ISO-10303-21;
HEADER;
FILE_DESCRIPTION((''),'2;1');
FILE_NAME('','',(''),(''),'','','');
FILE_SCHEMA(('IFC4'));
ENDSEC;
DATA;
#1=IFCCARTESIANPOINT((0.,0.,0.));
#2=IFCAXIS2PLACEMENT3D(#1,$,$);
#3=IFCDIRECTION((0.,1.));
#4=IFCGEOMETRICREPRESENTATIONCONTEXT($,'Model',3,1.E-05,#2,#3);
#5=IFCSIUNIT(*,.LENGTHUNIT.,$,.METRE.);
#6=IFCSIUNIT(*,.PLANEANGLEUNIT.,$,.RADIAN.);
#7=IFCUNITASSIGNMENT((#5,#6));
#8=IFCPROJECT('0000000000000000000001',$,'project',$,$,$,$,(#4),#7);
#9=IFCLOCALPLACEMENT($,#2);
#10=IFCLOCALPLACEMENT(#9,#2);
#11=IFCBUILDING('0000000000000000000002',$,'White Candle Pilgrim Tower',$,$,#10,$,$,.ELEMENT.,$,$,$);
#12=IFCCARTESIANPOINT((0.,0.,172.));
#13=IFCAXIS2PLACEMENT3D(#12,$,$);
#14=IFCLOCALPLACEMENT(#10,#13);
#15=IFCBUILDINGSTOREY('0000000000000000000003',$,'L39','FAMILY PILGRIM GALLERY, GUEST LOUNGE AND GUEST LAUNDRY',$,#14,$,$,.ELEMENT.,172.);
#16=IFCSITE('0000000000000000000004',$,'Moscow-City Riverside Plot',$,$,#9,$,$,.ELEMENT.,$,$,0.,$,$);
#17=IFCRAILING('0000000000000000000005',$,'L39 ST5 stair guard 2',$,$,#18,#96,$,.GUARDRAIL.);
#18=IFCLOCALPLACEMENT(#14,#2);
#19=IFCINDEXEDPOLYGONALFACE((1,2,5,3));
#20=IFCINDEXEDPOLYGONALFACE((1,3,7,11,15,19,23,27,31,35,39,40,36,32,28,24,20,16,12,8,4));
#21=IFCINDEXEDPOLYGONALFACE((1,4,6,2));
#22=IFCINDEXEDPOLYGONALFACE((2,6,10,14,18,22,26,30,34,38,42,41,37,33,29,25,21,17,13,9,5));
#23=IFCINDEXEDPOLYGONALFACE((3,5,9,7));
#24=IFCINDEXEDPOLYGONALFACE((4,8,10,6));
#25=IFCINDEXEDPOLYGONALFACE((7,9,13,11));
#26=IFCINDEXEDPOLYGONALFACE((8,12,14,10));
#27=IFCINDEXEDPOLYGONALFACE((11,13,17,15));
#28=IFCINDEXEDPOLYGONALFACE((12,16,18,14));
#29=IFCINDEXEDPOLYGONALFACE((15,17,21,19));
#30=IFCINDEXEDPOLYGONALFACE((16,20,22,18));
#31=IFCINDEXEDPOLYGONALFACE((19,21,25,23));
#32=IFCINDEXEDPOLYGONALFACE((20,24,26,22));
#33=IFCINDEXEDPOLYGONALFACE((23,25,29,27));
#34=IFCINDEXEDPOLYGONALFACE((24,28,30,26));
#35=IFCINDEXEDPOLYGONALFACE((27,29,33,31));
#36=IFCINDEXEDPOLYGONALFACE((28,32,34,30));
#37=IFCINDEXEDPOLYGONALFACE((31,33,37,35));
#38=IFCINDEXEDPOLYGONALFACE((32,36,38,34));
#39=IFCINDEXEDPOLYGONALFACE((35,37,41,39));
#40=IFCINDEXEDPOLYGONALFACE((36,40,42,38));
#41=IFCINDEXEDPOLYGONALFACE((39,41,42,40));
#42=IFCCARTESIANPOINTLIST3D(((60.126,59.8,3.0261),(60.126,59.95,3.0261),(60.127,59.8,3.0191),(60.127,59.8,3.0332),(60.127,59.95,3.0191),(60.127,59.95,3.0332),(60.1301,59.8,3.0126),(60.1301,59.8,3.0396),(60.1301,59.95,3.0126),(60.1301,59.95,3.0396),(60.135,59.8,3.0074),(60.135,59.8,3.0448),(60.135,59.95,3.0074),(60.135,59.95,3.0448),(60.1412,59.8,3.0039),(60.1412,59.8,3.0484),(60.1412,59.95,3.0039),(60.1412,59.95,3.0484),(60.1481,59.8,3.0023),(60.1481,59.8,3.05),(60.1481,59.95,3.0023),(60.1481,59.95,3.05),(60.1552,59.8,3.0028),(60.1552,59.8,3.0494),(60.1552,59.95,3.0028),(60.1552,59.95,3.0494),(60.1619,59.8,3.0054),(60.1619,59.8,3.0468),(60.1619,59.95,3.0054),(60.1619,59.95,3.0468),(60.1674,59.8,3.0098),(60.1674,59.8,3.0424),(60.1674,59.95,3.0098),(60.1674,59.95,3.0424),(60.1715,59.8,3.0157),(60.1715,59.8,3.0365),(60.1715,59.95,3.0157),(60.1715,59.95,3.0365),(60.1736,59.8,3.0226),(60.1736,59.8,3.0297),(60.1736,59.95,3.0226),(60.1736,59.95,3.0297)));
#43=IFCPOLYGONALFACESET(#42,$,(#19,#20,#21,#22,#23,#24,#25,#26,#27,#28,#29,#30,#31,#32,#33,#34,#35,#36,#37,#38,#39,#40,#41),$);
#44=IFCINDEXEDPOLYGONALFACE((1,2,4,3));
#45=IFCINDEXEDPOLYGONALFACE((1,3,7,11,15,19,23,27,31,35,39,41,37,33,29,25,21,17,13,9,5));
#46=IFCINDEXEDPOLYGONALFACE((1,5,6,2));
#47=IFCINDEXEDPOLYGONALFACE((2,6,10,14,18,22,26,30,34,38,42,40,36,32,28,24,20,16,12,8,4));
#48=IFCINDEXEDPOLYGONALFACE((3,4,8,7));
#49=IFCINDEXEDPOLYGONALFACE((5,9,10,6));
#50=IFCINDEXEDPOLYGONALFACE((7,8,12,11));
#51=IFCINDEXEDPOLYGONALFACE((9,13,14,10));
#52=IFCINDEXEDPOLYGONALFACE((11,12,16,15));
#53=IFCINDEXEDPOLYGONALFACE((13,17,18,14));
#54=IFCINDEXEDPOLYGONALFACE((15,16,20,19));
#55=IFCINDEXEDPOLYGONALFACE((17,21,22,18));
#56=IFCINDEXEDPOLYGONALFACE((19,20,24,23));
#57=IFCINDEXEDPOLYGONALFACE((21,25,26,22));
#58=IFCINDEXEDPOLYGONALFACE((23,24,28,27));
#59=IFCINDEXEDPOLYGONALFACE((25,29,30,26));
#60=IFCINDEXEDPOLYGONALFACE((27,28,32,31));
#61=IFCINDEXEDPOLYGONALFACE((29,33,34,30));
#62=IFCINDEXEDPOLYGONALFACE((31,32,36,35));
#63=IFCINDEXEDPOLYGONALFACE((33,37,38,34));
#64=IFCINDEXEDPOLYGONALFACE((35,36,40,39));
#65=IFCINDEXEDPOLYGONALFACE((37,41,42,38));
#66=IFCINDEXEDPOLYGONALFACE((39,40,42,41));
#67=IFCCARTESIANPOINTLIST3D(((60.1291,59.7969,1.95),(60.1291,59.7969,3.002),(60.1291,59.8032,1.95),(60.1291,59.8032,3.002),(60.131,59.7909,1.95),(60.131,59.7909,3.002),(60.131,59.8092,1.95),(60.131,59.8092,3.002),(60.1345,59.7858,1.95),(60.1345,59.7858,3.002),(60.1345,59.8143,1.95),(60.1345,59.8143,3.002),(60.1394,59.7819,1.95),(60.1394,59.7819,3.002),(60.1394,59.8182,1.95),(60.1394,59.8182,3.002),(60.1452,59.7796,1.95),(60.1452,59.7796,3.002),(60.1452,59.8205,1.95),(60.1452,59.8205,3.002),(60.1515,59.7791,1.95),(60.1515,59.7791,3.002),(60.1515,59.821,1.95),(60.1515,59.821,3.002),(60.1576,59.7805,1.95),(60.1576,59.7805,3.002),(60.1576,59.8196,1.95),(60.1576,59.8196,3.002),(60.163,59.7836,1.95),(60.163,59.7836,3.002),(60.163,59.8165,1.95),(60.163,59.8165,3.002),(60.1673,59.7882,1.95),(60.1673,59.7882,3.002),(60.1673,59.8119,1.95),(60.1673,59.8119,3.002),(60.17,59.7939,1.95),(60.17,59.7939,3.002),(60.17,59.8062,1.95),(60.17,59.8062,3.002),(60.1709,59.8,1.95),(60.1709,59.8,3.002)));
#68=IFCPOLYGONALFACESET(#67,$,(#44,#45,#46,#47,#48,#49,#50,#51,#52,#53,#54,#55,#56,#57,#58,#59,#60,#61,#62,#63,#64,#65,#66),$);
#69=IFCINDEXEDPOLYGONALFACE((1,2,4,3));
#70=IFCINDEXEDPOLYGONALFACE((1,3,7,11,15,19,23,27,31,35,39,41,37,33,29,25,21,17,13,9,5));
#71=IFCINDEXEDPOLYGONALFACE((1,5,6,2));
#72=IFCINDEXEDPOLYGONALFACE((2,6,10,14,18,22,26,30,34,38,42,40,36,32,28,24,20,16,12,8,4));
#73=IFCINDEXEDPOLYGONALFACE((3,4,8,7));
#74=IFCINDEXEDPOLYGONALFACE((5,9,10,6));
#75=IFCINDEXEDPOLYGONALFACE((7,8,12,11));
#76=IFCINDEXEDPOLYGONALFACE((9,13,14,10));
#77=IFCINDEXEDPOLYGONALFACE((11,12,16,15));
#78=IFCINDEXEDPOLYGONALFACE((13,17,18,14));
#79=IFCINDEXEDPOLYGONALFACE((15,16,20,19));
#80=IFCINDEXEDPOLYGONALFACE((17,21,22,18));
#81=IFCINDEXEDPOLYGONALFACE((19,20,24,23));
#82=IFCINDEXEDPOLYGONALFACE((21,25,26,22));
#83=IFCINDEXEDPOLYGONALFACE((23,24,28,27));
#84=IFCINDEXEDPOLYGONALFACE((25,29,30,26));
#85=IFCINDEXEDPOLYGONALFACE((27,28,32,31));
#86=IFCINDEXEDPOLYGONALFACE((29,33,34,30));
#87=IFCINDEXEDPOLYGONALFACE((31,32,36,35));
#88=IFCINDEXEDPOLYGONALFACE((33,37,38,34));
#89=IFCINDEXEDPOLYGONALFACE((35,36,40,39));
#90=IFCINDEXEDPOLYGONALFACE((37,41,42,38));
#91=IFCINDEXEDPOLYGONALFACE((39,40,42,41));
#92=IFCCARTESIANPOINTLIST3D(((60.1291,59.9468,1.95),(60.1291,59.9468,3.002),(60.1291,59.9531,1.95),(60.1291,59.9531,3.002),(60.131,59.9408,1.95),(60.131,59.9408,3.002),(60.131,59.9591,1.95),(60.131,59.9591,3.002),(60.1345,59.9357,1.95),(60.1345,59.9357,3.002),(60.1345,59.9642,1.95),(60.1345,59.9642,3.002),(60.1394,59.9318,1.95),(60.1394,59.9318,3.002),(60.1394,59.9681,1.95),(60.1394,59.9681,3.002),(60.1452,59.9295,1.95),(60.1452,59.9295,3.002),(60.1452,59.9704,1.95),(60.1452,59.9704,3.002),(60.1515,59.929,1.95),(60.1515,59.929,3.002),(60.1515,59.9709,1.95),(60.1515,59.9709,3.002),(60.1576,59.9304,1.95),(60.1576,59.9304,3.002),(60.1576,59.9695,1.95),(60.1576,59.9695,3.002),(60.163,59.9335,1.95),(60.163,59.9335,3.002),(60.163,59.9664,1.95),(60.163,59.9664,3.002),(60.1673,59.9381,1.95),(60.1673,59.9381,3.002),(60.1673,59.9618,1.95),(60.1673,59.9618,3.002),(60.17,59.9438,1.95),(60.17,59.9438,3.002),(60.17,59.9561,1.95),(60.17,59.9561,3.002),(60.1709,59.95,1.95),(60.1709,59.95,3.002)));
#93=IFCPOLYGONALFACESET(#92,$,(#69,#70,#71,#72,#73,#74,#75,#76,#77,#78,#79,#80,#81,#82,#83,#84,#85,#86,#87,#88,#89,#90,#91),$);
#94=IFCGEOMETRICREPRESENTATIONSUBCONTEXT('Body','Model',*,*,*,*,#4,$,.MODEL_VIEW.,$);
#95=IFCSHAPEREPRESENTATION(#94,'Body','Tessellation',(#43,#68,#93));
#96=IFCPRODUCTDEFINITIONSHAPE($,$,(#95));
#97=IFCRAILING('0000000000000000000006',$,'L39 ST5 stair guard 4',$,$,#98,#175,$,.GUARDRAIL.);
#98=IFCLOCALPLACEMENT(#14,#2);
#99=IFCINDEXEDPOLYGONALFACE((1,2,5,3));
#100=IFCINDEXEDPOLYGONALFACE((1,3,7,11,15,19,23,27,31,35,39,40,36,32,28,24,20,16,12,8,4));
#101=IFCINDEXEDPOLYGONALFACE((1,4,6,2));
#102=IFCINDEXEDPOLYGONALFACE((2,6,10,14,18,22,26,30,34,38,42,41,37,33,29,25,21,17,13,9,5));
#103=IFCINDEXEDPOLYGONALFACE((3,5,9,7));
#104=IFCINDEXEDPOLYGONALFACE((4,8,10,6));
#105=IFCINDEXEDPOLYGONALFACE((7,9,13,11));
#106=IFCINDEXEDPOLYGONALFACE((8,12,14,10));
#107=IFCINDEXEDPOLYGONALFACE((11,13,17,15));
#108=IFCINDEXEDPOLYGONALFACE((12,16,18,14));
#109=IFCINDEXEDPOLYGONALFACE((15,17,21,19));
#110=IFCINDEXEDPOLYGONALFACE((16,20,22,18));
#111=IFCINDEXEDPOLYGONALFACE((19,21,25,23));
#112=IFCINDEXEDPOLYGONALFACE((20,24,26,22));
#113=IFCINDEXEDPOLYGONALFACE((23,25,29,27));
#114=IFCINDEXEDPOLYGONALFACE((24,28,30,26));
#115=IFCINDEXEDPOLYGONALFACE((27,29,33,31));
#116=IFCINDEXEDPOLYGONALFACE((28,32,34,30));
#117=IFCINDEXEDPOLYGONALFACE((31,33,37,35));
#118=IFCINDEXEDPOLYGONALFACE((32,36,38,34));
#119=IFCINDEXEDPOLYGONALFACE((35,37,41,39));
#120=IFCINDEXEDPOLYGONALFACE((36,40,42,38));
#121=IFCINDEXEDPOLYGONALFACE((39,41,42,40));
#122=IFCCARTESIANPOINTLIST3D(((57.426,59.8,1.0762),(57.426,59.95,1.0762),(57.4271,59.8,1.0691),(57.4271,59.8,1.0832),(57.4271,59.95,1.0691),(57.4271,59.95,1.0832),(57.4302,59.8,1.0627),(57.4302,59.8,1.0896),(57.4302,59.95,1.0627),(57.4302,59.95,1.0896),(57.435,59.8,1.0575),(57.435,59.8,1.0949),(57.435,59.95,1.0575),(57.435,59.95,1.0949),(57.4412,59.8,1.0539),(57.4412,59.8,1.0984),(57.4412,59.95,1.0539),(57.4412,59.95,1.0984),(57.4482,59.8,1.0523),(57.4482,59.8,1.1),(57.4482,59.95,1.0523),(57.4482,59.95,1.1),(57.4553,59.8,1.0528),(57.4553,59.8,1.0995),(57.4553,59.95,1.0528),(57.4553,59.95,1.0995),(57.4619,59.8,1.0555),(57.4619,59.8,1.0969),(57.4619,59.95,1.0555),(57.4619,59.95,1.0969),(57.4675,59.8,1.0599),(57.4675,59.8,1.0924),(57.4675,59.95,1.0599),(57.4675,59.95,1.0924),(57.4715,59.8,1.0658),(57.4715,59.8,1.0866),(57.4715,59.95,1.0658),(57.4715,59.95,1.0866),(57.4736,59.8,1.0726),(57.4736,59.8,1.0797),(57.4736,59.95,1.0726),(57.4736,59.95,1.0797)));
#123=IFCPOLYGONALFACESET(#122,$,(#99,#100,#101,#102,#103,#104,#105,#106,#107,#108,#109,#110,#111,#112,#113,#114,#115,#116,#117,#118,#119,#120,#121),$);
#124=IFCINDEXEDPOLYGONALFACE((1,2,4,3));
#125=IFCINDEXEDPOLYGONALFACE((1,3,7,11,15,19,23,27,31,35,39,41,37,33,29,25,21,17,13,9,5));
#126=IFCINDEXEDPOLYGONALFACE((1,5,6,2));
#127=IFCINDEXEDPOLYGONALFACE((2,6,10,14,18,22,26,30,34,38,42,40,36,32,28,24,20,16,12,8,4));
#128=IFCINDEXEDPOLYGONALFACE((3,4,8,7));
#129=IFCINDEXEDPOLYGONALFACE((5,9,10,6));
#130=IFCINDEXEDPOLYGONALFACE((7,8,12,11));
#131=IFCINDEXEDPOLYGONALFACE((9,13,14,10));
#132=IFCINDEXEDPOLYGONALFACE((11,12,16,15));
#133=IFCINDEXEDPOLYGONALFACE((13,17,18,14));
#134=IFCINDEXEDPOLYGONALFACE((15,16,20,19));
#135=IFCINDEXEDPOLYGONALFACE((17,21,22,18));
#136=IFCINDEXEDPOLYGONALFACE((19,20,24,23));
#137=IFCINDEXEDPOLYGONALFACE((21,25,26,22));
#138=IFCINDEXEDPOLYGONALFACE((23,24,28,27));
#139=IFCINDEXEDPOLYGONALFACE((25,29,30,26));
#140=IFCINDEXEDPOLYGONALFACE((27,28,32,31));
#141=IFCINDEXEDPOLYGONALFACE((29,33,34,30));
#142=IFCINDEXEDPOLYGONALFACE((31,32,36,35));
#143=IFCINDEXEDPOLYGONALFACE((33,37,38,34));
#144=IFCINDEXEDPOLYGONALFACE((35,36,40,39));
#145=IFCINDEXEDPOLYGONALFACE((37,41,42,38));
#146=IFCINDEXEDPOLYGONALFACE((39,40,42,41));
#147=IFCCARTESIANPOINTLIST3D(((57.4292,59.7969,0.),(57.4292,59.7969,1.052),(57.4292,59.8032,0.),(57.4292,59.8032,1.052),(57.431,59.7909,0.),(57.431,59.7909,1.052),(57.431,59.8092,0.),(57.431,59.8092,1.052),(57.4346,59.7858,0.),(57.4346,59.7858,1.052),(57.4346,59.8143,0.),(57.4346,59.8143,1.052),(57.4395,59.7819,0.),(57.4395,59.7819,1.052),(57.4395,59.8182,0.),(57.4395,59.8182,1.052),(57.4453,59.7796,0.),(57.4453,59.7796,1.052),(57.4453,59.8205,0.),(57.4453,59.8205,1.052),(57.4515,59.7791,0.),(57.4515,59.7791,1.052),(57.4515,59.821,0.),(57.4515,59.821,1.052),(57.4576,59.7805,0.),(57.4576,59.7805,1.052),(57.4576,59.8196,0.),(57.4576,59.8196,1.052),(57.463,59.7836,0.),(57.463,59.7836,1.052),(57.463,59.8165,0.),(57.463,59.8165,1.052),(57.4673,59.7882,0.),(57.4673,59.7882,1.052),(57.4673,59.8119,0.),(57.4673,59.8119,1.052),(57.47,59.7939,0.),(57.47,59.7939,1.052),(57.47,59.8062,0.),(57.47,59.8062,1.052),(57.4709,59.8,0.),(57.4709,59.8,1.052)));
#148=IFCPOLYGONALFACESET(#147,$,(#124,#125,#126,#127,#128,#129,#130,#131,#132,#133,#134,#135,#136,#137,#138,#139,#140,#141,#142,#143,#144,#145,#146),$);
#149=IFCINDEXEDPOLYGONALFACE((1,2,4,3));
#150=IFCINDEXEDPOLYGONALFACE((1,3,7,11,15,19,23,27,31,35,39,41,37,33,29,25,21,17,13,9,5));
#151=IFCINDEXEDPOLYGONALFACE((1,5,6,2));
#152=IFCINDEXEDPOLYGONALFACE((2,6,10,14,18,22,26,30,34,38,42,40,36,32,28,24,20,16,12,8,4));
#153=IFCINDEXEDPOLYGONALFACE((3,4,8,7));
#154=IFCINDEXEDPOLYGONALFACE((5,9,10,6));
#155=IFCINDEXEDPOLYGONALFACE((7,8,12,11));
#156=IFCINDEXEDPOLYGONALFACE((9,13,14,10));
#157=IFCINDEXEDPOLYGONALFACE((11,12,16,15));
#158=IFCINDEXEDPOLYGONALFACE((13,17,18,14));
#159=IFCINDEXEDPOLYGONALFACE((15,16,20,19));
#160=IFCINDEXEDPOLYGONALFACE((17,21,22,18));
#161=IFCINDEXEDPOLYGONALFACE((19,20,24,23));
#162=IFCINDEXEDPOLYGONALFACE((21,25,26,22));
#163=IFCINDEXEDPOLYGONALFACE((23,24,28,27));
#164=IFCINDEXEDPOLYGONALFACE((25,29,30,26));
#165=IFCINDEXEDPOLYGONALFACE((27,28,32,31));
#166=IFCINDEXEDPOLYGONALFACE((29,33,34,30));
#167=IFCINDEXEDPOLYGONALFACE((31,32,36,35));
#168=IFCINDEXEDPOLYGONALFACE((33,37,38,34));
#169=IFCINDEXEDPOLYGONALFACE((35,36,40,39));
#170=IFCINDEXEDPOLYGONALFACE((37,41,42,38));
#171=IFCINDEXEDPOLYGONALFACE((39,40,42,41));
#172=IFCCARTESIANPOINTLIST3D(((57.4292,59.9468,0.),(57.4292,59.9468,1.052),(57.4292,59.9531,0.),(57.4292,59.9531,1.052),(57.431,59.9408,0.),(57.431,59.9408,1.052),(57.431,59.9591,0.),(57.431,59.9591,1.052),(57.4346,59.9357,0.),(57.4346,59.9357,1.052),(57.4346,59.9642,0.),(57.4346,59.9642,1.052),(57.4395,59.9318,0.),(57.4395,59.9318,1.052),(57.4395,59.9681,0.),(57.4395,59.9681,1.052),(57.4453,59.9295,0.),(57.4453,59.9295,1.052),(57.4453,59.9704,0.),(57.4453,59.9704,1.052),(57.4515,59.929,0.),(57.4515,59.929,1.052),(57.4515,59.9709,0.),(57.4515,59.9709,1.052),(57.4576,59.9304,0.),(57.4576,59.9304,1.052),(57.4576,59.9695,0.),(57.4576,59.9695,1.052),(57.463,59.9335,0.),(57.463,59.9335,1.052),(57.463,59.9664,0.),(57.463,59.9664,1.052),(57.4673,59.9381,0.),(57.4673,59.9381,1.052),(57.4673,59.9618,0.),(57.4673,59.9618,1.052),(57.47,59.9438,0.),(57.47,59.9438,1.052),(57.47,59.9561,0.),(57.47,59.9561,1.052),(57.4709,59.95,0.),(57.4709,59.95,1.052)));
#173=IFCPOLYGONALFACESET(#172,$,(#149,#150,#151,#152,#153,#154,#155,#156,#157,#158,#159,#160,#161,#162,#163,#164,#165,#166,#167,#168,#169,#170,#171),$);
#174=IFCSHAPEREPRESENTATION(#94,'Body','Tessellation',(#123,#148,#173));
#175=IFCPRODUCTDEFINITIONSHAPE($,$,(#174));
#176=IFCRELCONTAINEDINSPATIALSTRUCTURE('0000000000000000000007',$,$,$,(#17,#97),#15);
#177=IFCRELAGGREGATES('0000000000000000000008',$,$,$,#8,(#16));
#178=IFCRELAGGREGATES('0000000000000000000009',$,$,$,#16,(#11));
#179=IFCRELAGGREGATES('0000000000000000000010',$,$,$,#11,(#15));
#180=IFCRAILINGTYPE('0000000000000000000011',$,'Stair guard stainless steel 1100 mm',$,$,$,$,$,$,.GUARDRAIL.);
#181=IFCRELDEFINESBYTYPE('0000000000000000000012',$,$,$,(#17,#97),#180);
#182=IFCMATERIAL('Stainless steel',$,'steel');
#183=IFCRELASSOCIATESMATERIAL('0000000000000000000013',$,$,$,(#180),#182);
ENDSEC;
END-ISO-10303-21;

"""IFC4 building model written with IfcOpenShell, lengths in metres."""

from ifc_helpers import new_model, si_unit, direction, frame, origin, origin_2d, place, context, subcontext, project, spatial, circle, extrude, material, type_object, element, save


model = new_model("IFC4")

# Units and contexts
model_context = context("Model", 3, precision=1e-05, world=origin(), true_north=direction((0.0, 1.0)))
body_context = subcontext(model_context, "Body", "Model", "MODEL_VIEW")
ifc_project = project(units=[si_unit("LENGTHUNIT", "METRE"), si_unit("PLANEANGLEUNIT", "RADIAN")], contexts=[model_context])

# Site, building, storey
site_placement = place(None, origin())
site = spatial("IfcSite", under=ifc_project, at=site_placement, Name="Moscow-City Riverside Plot", CompositionType="ELEMENT", RefElevation=0.0)
building_placement = place(site_placement, origin())
building = spatial("IfcBuilding", under=site, at=building_placement, Name="White Candle Pilgrim Tower", CompositionType="ELEMENT")
storey_placement = place(building_placement, frame((0.0, 0.0, 172.0)))
storey = spatial("IfcBuildingStorey", under=building, at=storey_placement, Name="L39", Description="FAMILY PILGRIM GALLERY, GUEST LOUNGE AND GUEST LAUNDRY", CompositionType="ELEMENT", Elevation=172.0)

# Railings
ifc_material_1 = material(Name="Stainless steel", Category="steel")
railing_type_1 = type_object("IfcRailingType", Name="Stair guard stainless steel 1100 mm", PredefinedType="GUARDRAIL", material=ifc_material_1)
for number, where, name in (
    (1, (60.1499, 59.8, 1.95), "L39 ST5 stair guard 2"),
    (2, (57.45, 59.8, 0.0), "L39 ST5 stair guard 4"),
):
    element("IfcRailing", number, at=place(storey_placement, frame(where)), inside=storey, type_object=railing_type_1, Name=name, PredefinedType="GUARDRAIL", context=body_context, shape_type="SweptSolid", body=[
        extrude(circle(Radius=0.0239, at=origin_2d()), frame((0.0, 0.0, 1.0762), z_axis=(0.0, 1.0, 0.0), x_axis=(-1.0, 0.0, 0.0)), (0.0, 0.0, 1.0), 0.1499),
        extrude(circle(Radius=0.021, at=origin_2d()), origin(), (0.0, 0.0, 1.0), 1.052),
        extrude(circle(Radius=0.021, at=origin_2d()), frame((0.0, 0.1499, 0.0)), (0.0, 0.0, 1.0), 1.052),
    ])

save(model, "model.ifc")
